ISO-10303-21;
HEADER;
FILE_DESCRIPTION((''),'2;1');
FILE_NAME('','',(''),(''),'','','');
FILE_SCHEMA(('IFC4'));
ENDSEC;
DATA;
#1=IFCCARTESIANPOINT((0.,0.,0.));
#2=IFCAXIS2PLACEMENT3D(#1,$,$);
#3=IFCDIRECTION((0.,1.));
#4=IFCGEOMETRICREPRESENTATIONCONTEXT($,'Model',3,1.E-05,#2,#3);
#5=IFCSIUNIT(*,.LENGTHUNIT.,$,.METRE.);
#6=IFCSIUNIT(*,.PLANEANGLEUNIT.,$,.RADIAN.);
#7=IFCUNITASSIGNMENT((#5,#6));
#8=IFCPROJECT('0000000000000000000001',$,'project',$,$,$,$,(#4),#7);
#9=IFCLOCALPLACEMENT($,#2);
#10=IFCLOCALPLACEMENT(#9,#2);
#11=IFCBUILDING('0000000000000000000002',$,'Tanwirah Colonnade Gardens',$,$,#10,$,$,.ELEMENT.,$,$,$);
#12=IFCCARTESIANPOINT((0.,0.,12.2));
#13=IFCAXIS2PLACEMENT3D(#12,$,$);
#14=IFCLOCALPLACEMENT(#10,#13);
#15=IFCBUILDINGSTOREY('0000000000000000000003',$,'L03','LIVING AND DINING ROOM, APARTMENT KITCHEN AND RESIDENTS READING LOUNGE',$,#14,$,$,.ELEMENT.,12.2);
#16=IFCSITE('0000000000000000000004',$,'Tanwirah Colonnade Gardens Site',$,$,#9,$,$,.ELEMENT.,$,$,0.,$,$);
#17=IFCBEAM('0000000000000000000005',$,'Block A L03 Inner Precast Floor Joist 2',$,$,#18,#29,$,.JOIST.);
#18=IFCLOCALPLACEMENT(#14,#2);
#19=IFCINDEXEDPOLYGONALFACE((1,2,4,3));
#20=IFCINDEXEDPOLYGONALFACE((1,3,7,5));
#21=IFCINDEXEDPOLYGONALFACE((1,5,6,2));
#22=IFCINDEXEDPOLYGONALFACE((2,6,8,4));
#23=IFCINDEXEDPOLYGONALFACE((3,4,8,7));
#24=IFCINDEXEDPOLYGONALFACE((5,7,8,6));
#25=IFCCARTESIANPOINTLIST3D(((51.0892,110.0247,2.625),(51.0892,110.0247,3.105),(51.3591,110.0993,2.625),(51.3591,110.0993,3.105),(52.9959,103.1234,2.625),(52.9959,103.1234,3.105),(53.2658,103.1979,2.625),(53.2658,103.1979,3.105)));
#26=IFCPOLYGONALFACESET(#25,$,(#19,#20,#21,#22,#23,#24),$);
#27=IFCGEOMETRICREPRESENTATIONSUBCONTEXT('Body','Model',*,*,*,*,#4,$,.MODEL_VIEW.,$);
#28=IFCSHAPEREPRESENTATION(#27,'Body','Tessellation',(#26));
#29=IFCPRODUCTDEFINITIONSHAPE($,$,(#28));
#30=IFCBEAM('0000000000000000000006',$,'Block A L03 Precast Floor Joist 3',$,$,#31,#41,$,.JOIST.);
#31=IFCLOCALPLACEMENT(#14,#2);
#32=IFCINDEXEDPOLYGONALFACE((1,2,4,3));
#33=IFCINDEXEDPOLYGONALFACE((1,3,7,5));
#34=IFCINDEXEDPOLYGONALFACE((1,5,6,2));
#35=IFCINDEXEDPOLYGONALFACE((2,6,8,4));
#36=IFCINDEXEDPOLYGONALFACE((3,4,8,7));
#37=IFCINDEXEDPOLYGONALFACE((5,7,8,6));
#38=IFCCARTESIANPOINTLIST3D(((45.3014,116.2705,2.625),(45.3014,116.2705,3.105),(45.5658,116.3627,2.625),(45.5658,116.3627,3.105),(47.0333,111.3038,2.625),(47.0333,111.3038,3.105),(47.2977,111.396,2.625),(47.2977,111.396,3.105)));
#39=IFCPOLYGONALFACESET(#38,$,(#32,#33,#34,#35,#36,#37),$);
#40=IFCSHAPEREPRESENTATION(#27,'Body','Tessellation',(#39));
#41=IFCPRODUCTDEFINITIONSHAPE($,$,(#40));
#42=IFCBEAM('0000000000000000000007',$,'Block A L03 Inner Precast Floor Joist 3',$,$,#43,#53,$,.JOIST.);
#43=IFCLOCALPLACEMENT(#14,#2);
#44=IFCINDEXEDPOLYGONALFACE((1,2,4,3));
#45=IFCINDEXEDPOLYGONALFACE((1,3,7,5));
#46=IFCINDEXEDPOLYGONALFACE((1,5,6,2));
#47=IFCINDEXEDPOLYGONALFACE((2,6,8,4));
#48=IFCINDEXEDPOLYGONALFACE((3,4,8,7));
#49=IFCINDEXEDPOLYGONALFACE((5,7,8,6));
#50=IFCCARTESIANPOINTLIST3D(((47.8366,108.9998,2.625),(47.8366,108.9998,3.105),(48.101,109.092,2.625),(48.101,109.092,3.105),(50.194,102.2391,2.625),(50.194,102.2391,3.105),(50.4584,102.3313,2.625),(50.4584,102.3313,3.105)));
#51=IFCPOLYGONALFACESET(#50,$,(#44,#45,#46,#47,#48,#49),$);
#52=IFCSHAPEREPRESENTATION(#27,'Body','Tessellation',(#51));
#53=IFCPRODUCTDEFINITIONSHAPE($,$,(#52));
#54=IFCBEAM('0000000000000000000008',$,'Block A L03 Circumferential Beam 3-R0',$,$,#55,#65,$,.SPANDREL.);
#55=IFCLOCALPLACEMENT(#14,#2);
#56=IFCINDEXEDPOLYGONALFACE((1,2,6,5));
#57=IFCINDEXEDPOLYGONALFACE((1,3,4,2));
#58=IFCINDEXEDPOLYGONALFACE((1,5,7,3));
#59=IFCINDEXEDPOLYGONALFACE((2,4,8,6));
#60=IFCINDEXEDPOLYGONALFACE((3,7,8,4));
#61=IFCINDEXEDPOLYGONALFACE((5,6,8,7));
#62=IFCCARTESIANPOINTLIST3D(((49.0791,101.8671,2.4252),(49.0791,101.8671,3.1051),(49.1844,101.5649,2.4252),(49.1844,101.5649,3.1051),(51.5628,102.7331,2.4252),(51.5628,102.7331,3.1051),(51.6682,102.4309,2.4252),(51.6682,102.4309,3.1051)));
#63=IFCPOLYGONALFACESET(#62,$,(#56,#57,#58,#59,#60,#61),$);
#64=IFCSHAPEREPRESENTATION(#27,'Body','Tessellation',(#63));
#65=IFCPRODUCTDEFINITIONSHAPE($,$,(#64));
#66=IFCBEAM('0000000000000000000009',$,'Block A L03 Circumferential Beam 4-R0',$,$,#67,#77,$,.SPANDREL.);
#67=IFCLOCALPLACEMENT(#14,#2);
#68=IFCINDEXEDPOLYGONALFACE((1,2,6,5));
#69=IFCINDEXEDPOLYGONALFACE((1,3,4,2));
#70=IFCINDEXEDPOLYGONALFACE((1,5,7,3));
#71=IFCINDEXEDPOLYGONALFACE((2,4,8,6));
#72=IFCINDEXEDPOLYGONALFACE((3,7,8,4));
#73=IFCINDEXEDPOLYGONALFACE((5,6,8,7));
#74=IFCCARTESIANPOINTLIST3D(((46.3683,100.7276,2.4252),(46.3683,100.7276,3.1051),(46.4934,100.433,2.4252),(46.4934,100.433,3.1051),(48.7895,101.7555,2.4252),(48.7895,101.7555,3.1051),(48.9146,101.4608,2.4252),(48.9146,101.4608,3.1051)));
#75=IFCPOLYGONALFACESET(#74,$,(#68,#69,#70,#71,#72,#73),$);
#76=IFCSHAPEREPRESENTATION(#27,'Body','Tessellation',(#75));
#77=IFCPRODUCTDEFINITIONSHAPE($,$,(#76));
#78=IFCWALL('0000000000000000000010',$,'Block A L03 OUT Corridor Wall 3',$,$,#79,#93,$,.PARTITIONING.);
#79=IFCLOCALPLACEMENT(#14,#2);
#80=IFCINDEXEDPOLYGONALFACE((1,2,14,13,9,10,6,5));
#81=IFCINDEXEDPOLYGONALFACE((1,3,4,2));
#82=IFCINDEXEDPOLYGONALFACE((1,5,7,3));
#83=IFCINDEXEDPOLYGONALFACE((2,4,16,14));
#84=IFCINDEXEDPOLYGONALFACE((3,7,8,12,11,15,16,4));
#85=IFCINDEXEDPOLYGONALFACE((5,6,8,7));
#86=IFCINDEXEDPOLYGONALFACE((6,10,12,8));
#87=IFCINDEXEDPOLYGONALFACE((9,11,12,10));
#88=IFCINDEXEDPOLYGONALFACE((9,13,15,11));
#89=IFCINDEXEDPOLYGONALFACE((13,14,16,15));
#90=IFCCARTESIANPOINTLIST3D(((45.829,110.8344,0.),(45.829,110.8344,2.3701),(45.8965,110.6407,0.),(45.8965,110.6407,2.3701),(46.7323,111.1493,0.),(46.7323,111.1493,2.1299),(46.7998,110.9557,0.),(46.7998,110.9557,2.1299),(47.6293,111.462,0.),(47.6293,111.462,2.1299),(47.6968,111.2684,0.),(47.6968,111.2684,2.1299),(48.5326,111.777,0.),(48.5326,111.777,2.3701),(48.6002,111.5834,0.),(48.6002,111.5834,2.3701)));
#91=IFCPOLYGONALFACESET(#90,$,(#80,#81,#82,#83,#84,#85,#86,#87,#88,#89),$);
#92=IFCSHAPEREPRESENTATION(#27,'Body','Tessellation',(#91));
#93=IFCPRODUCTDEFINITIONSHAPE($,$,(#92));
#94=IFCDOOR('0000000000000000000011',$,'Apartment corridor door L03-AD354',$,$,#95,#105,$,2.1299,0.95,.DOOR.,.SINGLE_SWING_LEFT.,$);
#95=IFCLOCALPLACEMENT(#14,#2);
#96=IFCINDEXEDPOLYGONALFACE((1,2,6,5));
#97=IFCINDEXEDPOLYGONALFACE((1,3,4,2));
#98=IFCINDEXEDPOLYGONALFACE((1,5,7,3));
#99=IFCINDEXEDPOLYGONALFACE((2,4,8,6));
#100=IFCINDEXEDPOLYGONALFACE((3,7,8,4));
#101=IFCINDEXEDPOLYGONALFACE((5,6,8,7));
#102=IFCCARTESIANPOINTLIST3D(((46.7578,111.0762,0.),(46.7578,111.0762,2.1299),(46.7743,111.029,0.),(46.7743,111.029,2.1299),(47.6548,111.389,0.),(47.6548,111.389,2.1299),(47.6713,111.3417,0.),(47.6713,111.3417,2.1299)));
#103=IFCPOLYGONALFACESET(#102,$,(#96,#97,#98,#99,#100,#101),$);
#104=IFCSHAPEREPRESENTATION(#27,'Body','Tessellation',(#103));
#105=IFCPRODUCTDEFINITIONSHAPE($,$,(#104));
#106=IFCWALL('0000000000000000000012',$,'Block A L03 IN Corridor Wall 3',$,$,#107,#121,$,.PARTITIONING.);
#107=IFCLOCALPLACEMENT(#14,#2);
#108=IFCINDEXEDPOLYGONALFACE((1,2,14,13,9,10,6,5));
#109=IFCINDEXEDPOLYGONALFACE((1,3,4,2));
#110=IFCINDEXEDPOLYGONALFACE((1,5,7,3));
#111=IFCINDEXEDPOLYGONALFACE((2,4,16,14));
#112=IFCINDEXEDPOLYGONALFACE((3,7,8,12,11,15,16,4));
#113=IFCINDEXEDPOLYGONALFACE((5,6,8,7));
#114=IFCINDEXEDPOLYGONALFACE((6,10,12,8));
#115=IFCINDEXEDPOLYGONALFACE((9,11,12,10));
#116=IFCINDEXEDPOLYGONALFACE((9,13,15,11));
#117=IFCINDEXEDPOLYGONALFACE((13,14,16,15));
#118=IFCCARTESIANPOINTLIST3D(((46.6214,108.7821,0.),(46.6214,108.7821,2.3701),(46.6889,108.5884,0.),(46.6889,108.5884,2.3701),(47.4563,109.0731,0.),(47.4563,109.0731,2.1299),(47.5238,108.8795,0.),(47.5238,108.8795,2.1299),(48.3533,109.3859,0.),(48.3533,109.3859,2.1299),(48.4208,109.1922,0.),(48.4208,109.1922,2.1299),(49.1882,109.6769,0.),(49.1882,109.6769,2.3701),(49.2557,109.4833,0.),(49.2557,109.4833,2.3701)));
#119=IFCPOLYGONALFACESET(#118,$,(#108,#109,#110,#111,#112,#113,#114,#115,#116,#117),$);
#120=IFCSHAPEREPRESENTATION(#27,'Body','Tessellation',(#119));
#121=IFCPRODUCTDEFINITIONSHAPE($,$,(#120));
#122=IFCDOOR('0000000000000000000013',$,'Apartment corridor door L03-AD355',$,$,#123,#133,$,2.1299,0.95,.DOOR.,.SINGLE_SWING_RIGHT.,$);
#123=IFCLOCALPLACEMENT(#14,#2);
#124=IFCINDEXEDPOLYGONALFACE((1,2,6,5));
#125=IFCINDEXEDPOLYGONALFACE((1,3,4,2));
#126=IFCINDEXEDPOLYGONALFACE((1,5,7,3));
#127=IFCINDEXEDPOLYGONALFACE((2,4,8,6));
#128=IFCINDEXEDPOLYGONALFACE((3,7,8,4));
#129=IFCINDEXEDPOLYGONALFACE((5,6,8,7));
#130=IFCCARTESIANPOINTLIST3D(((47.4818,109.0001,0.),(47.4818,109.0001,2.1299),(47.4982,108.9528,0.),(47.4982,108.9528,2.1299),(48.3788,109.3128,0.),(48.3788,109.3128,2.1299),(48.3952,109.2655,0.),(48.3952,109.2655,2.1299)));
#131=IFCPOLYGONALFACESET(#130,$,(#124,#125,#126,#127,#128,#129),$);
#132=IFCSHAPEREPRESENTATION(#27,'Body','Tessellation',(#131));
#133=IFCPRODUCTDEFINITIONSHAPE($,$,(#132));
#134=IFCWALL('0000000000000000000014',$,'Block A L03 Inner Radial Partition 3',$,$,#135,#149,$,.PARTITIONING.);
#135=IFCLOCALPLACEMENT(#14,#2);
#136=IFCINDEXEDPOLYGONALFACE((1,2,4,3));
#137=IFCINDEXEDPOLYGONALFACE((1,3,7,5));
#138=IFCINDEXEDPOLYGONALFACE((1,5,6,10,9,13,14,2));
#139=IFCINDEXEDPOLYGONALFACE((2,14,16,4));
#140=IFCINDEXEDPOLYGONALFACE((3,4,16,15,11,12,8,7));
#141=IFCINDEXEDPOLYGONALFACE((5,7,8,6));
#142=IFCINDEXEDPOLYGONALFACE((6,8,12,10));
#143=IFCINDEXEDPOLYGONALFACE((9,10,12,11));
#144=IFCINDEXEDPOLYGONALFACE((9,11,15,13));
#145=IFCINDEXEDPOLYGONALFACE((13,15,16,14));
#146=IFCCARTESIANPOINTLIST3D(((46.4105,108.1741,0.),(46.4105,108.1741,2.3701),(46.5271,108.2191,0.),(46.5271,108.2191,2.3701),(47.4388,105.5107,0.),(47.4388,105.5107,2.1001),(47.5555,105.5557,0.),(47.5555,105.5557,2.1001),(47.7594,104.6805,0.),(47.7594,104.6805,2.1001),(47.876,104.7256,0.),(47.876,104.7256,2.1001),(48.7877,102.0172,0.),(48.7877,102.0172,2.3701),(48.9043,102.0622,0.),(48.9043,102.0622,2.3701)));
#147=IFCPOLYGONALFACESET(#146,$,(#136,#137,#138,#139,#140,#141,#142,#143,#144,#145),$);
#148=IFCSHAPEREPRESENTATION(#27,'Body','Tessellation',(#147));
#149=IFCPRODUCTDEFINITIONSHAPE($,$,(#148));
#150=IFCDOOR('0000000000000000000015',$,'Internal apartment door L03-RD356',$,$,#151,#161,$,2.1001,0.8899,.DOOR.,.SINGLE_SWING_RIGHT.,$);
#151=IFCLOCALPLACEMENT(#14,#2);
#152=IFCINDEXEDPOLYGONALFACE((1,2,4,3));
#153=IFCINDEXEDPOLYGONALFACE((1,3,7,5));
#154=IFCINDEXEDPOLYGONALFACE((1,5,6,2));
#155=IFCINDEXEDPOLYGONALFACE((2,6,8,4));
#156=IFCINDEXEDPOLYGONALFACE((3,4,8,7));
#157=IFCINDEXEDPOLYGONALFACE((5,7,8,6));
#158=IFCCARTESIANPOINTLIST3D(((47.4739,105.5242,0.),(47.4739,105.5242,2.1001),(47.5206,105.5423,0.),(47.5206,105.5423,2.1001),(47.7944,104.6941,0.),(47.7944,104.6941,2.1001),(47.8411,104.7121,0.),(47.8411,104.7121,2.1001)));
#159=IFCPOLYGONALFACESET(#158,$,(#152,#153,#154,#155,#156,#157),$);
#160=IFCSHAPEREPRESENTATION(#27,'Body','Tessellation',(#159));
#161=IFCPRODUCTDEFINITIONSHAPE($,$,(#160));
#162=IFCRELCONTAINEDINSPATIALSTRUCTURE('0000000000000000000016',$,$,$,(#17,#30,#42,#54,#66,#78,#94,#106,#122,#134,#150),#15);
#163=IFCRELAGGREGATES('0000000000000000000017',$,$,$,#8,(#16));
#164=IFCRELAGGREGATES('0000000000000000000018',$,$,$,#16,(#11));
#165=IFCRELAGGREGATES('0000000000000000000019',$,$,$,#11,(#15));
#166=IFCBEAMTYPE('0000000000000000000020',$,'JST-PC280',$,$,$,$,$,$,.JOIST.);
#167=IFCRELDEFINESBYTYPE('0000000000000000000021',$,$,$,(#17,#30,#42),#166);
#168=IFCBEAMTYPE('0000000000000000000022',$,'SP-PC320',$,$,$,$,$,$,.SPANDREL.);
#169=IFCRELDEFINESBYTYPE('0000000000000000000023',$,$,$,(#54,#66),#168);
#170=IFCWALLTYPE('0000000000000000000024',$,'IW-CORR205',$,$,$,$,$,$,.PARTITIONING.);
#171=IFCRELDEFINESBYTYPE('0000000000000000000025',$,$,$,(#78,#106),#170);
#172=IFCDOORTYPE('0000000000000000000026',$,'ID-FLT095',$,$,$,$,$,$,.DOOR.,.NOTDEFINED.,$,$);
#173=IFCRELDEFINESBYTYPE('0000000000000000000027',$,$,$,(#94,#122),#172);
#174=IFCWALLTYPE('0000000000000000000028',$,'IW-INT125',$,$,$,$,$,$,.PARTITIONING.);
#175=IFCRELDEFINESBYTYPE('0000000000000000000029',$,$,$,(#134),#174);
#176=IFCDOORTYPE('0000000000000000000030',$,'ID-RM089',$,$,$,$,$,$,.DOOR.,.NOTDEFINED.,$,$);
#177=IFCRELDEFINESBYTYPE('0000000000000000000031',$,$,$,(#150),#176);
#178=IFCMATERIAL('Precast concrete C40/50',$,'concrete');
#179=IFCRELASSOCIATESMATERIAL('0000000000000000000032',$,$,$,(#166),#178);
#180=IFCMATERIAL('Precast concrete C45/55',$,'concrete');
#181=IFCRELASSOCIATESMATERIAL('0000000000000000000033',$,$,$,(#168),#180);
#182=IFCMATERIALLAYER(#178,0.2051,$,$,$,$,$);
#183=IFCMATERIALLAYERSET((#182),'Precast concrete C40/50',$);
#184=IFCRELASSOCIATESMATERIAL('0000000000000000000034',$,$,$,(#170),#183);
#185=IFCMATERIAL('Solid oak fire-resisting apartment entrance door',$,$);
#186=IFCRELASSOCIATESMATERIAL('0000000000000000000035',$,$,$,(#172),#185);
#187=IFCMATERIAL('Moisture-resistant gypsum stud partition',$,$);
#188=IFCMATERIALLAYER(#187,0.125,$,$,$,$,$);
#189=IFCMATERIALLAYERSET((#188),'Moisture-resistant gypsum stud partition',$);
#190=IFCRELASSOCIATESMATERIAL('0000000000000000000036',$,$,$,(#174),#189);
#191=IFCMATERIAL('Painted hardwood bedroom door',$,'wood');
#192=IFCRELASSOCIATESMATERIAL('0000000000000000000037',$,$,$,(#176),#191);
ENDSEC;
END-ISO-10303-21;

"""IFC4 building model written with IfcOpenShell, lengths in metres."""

from ifc_helpers import new_model, si_unit, direction, frame, frame_2d, origin, origin_2d, place, context, subcontext, project, spatial, rectangle, extrude, material, layer, layer_set, material_profile, profile_set, type_object, element, fill, save


model = new_model("IFC4")

# Units and contexts
model_context = context("Model", 3, precision=1e-05, world=origin(), true_north=direction((0.0, 1.0)))
body_context = subcontext(model_context, "Body", "Model", "MODEL_VIEW")
ifc_project = project(units=[si_unit("LENGTHUNIT", "METRE"), si_unit("PLANEANGLEUNIT", "RADIAN")], contexts=[model_context])

# Site, building, storey
site_placement = place(None, origin())
site = spatial("IfcSite", under=ifc_project, at=site_placement, Name="Tanwirah Colonnade Gardens Site", CompositionType="ELEMENT", RefElevation=0.0)
building_placement = place(site_placement, origin())
building = spatial("IfcBuilding", under=site, at=building_placement, Name="Tanwirah Colonnade Gardens", CompositionType="ELEMENT")
storey_placement = place(building_placement, frame((0.0, 0.0, 12.2)))
storey = spatial("IfcBuildingStorey", under=building, at=storey_placement, Name="L03", Description="LIVING AND DINING ROOM, APARTMENT KITCHEN AND RESIDENTS READING LOUNGE", CompositionType="ELEMENT", Elevation=12.2)

# Shared definitions
ifc_material_1 = material(Name="Precast concrete C45/55", Category="concrete")
ifc_material_2 = material(Name="Precast concrete C40/50", Category="concrete")

# Beams
ifc_material_profile_1 = material_profile(ifc_material_2, rectangle(XDim=0.28, YDim=0.48, at=origin_2d()), Name="PC-JST 280x480")
ifc_profile_set_1 = profile_set([ifc_material_profile_1], Name="Precast concrete C40/50")
beam_type_1 = type_object("IfcBeamType", Name="JST-PC280", PredefinedType="JOIST", material=ifc_profile_set_1)
beam_1_placement = place(storey_placement, frame((53.1309, 103.1606, 2.865), z_axis=(-0.266307, 0.963888, 0.0), x_axis=(-0.963888, -0.266307, 0.0)))
element("IfcBeam", 1, at=beam_1_placement, inside=storey, type_object=beam_type_1, Name="Block A L03 Inner Precast Floor Joist 2", PredefinedType="JOIST", context=body_context, shape_type="SweptSolid", body=[
    extrude(rectangle(XDim=0.28, YDim=0.48, at=origin_2d()), origin(), (0.0, 0.0, 1.0), 7.1599),
])
beam_2_placement = place(storey_placement, frame((47.1655, 111.3499, 2.865), z_axis=(-0.329259, 0.94424, 0.0), x_axis=(-0.94424, -0.329259, 0.0)))
element("IfcBeam", 2, at=beam_2_placement, inside=storey, type_object=beam_type_1, Name="Block A L03 Precast Floor Joist 3", PredefinedType="JOIST", context=body_context, shape_type="SweptSolid", body=[
    extrude(rectangle(XDim=0.28, YDim=0.48, at=origin_2d()), origin(), (0.0, 0.0, 1.0), 5.26),
])
beam_3_placement = place(storey_placement, frame((50.3262, 102.2852, 2.865), z_axis=(-0.329251, 0.944243, 0.0), x_axis=(-0.944243, -0.329251, 0.0)))
element("IfcBeam", 3, at=beam_3_placement, inside=storey, type_object=beam_type_1, Name="Block A L03 Inner Precast Floor Joist 3", PredefinedType="JOIST", context=body_context, shape_type="SweptSolid", body=[
    extrude(rectangle(XDim=0.28, YDim=0.48, at=origin_2d()), origin(), (0.0, 0.0, 1.0), 7.1599),
])
ifc_material_profile_2 = material_profile(ifc_material_1, rectangle(XDim=0.3201, YDim=0.6799, at=origin_2d()), Name="PC-SP 320x680")
ifc_profile_set_2 = profile_set([ifc_material_profile_2], Name="Precast concrete C45/55")
beam_type_2 = type_object("IfcBeamType", Name="SP-PC320", PredefinedType="SPANDREL", material=ifc_profile_set_2)
for number, where, z_axis, x_axis, name in (
    (4, (51.6155, 102.582, 2.7651), (-0.94425, -0.32923, 0.0), (0.32923, -0.94425, 0.0), "Block A L03 Circumferential Beam 3-R0"),
    (5, (48.8521, 101.6082, 2.7651), (-0.920489, -0.390769, 0.0), (0.390769, -0.920489, 0.0), "Block A L03 Circumferential Beam 4-R0"),
):
    element("IfcBeam", number, at=place(storey_placement, frame(where, z_axis=z_axis, x_axis=x_axis)), inside=storey, type_object=beam_type_2, Name=name, PredefinedType="SPANDREL", context=body_context, shape_type="SweptSolid", body=[
        extrude(rectangle(XDim=0.3201, YDim=0.6799, at=origin_2d()), origin(), (0.0, 0.0, 1.0), 2.6304),
    ])

# Walls, openings, doors
ifc_layer_1 = layer(ifc_material_2, 0.2051)
ifc_layer_set_1 = layer_set([ifc_layer_1], Name="Precast concrete C40/50")
wall_type_1 = type_object("IfcWallType", Name="IW-CORR205", PredefinedType="PARTITIONING", material=ifc_layer_set_1)
ifc_material_3 = material(Name="Solid oak fire-resisting apartment entrance door")
wall_1_placement = place(storey_placement, frame((48.5664, 111.6802, 0.0), z_axis=(0.0, 0.0, 1.0), x_axis=(-0.944254, -0.329218, 0.0)))
wall_1 = element("IfcWall", 6, at=wall_1_placement, inside=storey, type_object=wall_type_1, Name="Block A L03 OUT Corridor Wall 3", PredefinedType="PARTITIONING", context=body_context, shape_type="SweptSolid", body=[
    extrude(rectangle(XDim=2.8633, YDim=0.2051, at=frame_2d((1.4316, 0.0))), origin(), (0.0, 0.0, 1.0), 2.3701),
])
opening_1_placement = place(wall_1_placement, frame((0.9565, 0.0, 0.0)))
opening_1 = element("IfcOpeningElement", 7, at=opening_1_placement, cuts=wall_1, PredefinedType="OPENING", context=body_context, shape_type="SweptSolid", body=[
    extrude(rectangle(XDim=0.95, YDim=2.1299, at=frame_2d((0.4751, 1.0649))), frame((0.0, 0.1125, 0.0), z_axis=(0.0, -1.0, 0.0), x_axis=(1.0, 0.0, 0.0)), (0.0, 0.0, 1.0), 0.2251),
])
door_type_1 = type_object("IfcDoorType", Name="ID-FLT095", OperationType="NOTDEFINED", PredefinedType="DOOR", material=ifc_material_3)
door_1_placement = place(opening_1_placement, origin())
door_1 = element("IfcDoor", 8, at=door_1_placement, inside=storey, type_object=door_type_1, Name="Apartment corridor door L03-AD354", OperationType="SINGLE_SWING_LEFT", OverallHeight=2.1299, OverallWidth=0.95, PredefinedType="DOOR", context=body_context, shape_type="SweptSolid", body=[
    extrude(rectangle(XDim=0.95, YDim=2.1299, at=frame_2d((0.4751, 1.0649))), frame((0.0, 0.0249, 0.0), z_axis=(0.0, -1.0, 0.0), x_axis=(1.0, 0.0, 0.0)), (0.0, 0.0, 1.0), 0.05),
])
fill(opening_1, door_1)
wall_2_placement = place(storey_placement, frame((49.2219, 109.5801, 0.0), z_axis=(0.0, 0.0, 1.0), x_axis=(-0.944265, -0.329186, 0.0)))
wall_2 = element("IfcWall", 9, at=wall_2_placement, inside=storey, type_object=wall_type_1, Name="Block A L03 IN Corridor Wall 3", PredefinedType="PARTITIONING", context=body_context, shape_type="SweptSolid", body=[
    extrude(rectangle(XDim=2.7183, YDim=0.2051, at=frame_2d((1.3591, 0.0))), origin(), (0.0, 0.0, 1.0), 2.3701),
])
opening_2_placement = place(wall_2_placement, frame((0.884, 0.0, 0.0)))
opening_2 = element("IfcOpeningElement", 10, at=opening_2_placement, cuts=wall_2, PredefinedType="OPENING", context=body_context, shape_type="SweptSolid", body=[
    extrude(rectangle(XDim=0.95, YDim=2.1299, at=frame_2d((0.4751, 1.0649))), frame((0.0, 0.1125, 0.0), z_axis=(0.0, -1.0, 0.0), x_axis=(1.0, 0.0, 0.0)), (0.0, 0.0, 1.0), 0.2251),
])
door_2_placement = place(opening_2_placement, origin())
door_2 = element("IfcDoor", 11, at=door_2_placement, inside=storey, type_object=door_type_1, Name="Apartment corridor door L03-AD355", OperationType="SINGLE_SWING_RIGHT", OverallHeight=2.1299, OverallWidth=0.95, PredefinedType="DOOR", context=body_context, shape_type="SweptSolid", body=[
    extrude(rectangle(XDim=0.95, YDim=2.1299, at=frame_2d((0.4751, 1.0649))), frame((0.0, 0.0249, 0.0), z_axis=(0.0, -1.0, 0.0), x_axis=(1.0, 0.0, 0.0)), (0.0, 0.0, 1.0), 0.05),
])
fill(opening_2, door_2)
ifc_material_4 = material(Name="Moisture-resistant gypsum stud partition")
ifc_layer_2 = layer(ifc_material_4, 0.125)
ifc_layer_set_2 = layer_set([ifc_layer_2], Name="Moisture-resistant gypsum stud partition")
wall_type_2 = type_object("IfcWallType", Name="IW-INT125", PredefinedType="PARTITIONING", material=ifc_layer_set_2)
wall_3_placement = place(storey_placement, frame((48.8459, 102.0398, 0.0), z_axis=(0.0, 0.0, 1.0), x_axis=(-0.360183, 0.932881, 0.0)))
wall_3 = element("IfcWall", 12, at=wall_3_placement, inside=storey, type_object=wall_type_2, Name="Block A L03 Inner Radial Partition 3", PredefinedType="PARTITIONING", context=body_context, shape_type="SweptSolid", body=[
    extrude(rectangle(XDim=6.5999, YDim=0.125, at=frame_2d((3.2998, 0.0))), origin(), (0.0, 0.0, 1.0), 2.3701),
])
opening_3_placement = place(wall_3_placement, frame((2.855, 0.0, 0.0)))
opening_3 = element("IfcOpeningElement", 13, at=opening_3_placement, cuts=wall_3, PredefinedType="OPENING", context=body_context, shape_type="SweptSolid", body=[
    extrude(rectangle(XDim=0.8899, YDim=2.1001, at=frame_2d((0.4448, 1.05))), frame((0.0, 0.0725, 0.0), z_axis=(0.0, -1.0, 0.0), x_axis=(1.0, 0.0, 0.0)), (0.0, 0.0, 1.0), 0.145),
])
ifc_material_5 = material(Name="Painted hardwood bedroom door", Category="wood")
door_type_2 = type_object("IfcDoorType", Name="ID-RM089", OperationType="NOTDEFINED", PredefinedType="DOOR", material=ifc_material_5)
door_3_placement = place(opening_3_placement, origin())
door_3 = element("IfcDoor", 14, at=door_3_placement, inside=storey, type_object=door_type_2, Name="Internal apartment door L03-RD356", OperationType="SINGLE_SWING_RIGHT", OverallHeight=2.1001, OverallWidth=0.8899, PredefinedType="DOOR", context=body_context, shape_type="SweptSolid", body=[
    extrude(rectangle(XDim=0.8899, YDim=2.1001, at=frame_2d((0.4448, 1.05))), frame((0.0, 0.0249, 0.0), z_axis=(0.0, -1.0, 0.0), x_axis=(1.0, 0.0, 0.0)), (0.0, 0.0, 1.0), 0.05),
])
fill(opening_3, door_3)

save(model, "model.ifc")
